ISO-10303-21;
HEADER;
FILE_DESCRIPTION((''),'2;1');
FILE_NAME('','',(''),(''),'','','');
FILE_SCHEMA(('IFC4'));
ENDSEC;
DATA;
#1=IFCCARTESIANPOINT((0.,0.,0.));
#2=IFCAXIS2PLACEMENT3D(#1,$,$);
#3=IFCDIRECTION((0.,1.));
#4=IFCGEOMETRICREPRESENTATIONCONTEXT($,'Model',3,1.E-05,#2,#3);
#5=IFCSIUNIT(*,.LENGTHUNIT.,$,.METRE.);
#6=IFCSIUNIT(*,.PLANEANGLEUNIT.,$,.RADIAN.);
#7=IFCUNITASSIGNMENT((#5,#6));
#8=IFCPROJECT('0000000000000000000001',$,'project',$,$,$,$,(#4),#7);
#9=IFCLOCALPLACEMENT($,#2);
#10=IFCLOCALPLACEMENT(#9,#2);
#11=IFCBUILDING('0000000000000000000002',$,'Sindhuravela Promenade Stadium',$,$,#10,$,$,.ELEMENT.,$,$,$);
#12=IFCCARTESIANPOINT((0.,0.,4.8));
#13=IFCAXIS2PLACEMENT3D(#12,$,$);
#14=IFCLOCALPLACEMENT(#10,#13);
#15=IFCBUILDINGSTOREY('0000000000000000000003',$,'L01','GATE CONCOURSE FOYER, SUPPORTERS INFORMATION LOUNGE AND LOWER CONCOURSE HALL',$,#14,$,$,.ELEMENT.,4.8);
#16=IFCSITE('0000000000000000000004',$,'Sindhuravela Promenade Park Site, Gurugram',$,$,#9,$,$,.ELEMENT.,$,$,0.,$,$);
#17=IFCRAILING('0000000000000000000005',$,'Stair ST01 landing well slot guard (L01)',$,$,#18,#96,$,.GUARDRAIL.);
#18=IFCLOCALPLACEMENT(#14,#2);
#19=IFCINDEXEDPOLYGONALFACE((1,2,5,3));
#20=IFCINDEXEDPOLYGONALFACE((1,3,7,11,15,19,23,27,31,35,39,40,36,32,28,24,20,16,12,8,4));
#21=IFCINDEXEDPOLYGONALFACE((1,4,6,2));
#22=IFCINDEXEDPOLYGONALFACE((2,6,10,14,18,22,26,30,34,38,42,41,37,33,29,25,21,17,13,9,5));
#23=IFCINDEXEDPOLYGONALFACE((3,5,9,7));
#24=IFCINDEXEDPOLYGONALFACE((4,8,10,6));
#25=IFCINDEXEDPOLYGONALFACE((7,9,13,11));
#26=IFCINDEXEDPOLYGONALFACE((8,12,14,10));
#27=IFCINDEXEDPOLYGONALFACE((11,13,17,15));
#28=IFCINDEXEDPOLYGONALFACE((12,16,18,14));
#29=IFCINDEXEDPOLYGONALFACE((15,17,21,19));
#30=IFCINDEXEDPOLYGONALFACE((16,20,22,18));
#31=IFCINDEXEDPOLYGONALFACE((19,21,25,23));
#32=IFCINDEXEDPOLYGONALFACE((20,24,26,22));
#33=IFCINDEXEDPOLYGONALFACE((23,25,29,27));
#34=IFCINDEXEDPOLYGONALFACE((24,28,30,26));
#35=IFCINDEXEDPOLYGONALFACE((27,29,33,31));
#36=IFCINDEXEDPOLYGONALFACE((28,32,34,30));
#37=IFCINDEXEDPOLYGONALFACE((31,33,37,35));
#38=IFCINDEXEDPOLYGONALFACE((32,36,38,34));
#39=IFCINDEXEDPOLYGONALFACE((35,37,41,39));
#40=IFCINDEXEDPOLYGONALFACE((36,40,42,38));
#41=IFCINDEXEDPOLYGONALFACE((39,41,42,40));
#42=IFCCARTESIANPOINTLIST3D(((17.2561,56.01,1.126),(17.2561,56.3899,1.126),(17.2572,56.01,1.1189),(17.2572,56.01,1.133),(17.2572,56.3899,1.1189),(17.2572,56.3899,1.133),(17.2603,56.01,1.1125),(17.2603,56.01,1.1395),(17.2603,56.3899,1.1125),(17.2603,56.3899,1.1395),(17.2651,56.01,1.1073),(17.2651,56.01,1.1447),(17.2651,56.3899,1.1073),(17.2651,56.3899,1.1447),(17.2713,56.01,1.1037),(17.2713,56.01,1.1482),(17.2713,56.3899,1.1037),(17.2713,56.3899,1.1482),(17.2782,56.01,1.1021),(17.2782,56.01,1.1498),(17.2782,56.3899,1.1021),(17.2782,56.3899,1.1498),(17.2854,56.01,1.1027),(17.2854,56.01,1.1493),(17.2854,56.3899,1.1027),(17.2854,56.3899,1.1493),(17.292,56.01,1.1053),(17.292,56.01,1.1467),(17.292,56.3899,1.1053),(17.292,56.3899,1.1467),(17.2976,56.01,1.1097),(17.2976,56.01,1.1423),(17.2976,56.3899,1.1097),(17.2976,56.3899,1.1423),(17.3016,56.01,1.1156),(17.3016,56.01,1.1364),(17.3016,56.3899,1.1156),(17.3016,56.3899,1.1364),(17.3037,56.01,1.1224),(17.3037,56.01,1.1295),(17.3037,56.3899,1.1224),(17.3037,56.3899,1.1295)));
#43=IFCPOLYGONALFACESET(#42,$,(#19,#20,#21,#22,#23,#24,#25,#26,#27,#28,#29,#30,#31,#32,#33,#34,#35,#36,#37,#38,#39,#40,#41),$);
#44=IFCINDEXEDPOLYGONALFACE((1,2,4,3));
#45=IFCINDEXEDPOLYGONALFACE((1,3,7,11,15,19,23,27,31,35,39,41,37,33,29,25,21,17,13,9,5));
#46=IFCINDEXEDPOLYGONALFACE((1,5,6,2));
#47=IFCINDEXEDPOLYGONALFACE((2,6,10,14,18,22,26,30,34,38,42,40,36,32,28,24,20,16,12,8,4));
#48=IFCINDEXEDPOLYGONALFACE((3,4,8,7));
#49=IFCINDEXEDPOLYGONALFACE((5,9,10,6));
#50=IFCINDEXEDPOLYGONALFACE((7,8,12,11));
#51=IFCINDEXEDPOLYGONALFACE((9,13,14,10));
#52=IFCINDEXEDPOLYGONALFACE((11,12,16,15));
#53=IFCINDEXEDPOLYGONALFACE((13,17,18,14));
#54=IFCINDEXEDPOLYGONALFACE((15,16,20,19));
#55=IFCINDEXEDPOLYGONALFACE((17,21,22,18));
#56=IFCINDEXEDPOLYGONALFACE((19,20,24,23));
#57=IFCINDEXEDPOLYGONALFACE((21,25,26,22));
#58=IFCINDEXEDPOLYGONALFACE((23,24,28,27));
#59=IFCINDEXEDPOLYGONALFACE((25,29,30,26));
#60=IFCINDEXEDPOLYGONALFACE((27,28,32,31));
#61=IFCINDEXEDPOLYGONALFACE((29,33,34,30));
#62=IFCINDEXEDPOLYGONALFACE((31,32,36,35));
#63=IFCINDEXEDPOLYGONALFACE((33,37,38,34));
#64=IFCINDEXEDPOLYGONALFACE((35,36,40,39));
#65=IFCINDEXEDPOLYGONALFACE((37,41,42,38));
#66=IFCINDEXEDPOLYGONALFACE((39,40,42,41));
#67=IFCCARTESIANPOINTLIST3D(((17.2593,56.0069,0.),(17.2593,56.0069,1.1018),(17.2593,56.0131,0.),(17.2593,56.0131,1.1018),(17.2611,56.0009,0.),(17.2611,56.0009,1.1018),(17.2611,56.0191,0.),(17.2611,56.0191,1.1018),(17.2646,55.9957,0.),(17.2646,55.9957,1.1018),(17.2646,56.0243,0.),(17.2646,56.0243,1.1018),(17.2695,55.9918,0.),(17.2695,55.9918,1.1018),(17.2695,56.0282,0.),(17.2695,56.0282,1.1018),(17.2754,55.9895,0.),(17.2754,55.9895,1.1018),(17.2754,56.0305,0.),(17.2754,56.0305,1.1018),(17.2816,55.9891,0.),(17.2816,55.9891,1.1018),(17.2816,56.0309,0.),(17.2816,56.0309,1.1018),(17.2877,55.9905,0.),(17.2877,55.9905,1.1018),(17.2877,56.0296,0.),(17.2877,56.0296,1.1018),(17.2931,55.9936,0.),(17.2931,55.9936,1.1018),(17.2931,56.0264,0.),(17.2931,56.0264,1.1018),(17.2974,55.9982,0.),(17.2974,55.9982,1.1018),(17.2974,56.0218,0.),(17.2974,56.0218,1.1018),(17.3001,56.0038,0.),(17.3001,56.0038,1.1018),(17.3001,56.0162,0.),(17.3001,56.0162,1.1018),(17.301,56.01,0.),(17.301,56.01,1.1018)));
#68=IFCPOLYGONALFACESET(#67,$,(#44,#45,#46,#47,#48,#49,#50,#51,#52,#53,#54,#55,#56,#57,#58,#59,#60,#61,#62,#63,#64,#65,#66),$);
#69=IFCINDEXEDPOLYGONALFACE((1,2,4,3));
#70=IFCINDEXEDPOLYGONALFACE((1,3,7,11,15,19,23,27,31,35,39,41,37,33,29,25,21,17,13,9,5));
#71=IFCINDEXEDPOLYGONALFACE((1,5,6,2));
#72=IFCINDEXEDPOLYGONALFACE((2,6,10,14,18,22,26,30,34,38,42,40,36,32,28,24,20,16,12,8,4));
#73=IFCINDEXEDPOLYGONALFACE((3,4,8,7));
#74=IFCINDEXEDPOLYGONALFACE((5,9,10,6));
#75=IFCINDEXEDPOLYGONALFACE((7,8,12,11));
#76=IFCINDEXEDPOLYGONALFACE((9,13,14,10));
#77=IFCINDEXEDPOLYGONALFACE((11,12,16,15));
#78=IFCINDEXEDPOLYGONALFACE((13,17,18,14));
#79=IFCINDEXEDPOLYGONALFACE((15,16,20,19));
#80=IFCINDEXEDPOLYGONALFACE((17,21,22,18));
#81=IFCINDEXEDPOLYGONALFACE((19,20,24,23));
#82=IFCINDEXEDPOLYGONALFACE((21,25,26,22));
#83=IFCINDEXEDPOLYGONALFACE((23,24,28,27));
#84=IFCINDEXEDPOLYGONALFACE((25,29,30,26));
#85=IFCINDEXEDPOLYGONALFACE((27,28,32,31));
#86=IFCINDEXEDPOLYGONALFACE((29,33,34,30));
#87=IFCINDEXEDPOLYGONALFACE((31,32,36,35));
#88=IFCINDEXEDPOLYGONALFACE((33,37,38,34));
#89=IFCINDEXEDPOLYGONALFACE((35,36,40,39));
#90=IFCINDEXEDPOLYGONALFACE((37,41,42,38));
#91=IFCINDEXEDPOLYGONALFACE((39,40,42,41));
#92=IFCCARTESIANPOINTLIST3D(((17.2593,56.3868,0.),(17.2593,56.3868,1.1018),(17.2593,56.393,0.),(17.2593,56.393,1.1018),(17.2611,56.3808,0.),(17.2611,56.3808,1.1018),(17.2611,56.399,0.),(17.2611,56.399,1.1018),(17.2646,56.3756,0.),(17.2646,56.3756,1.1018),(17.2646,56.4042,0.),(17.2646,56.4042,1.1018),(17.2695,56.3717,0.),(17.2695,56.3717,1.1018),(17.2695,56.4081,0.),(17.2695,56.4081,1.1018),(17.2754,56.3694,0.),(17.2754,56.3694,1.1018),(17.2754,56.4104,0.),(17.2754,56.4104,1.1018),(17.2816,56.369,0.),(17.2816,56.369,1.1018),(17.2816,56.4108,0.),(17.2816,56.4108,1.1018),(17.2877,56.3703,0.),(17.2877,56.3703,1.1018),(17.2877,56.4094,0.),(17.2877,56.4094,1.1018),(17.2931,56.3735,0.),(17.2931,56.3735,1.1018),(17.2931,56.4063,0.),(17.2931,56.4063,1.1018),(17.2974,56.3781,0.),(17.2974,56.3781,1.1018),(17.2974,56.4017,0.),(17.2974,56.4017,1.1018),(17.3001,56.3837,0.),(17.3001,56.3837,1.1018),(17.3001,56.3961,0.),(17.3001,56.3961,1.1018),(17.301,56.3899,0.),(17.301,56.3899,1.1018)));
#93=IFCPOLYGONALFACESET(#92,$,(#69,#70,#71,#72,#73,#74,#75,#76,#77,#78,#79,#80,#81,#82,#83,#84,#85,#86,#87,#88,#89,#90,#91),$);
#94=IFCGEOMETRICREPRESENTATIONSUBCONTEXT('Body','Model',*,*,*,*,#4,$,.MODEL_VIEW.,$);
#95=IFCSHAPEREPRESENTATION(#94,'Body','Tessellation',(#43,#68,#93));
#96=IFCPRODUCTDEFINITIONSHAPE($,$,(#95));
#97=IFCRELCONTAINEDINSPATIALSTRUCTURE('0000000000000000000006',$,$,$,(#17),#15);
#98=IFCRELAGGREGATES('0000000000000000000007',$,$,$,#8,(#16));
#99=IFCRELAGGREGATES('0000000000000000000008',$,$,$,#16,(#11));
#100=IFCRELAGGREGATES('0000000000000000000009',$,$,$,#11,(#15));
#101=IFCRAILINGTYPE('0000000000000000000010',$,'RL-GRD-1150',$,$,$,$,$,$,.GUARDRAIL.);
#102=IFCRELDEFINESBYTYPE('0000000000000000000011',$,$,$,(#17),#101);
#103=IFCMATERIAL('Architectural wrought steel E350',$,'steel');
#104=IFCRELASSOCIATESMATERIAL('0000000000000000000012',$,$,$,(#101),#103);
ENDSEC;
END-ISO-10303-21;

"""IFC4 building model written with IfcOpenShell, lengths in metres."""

from ifc_helpers import new_model, si_unit, direction, frame, origin, origin_2d, place, context, subcontext, project, spatial, circle, extrude, material, type_object, element, save


model = new_model("IFC4")

# Units and contexts
model_context = context("Model", 3, precision=1e-05, world=origin(), true_north=direction((0.0, 1.0)))
body_context = subcontext(model_context, "Body", "Model", "MODEL_VIEW")
ifc_project = project(units=[si_unit("LENGTHUNIT", "METRE"), si_unit("PLANEANGLEUNIT", "RADIAN")], contexts=[model_context])

# Site, building, storey
site_placement = place(None, origin())
site = spatial("IfcSite", under=ifc_project, at=site_placement, Name="Sindhuravela Promenade Park Site, Gurugram", CompositionType="ELEMENT", RefElevation=0.0)
building_placement = place(site_placement, origin())
building = spatial("IfcBuilding", under=site, at=building_placement, Name="Sindhuravela Promenade Stadium", CompositionType="ELEMENT")
storey_placement = place(building_placement, frame((0.0, 0.0, 4.8)))
storey = spatial("IfcBuildingStorey", under=building, at=storey_placement, Name="L01", Description="GATE CONCOURSE FOYER, SUPPORTERS INFORMATION LOUNGE AND LOWER CONCOURSE HALL", CompositionType="ELEMENT", Elevation=4.8)

# Shared definitions
ifc_material_1 = material(Name="Architectural wrought steel E350", Category="steel")

# Railing
railing_type_1 = type_object("IfcRailingType", Name="RL-GRD-1150", PredefinedType="GUARDRAIL", material=ifc_material_1)
railing_1_placement = place(storey_placement, frame((17.28, 56.01, 0.0)))
element("IfcRailing", 1, at=railing_1_placement, inside=storey, type_object=railing_type_1, Name="Stair ST01 landing well slot guard (L01)", PredefinedType="GUARDRAIL", context=body_context, shape_type="SweptSolid", body=[
    extrude(circle(Radius=0.0239, at=origin_2d()), frame((0.0, 0.0, 1.126), z_axis=(0.0, 1.0, 0.0), x_axis=(-1.0, 0.0, 0.0)), (0.0, 0.0, 1.0), 0.3799),
    extrude(circle(Radius=0.021, at=origin_2d()), origin(), (0.0, 0.0, 1.0), 1.1018),
    extrude(circle(Radius=0.021, at=origin_2d()), frame((0.0, 0.3799, 0.0)), (0.0, 0.0, 1.0), 1.1018),
])

save(model, "model.ifc")
